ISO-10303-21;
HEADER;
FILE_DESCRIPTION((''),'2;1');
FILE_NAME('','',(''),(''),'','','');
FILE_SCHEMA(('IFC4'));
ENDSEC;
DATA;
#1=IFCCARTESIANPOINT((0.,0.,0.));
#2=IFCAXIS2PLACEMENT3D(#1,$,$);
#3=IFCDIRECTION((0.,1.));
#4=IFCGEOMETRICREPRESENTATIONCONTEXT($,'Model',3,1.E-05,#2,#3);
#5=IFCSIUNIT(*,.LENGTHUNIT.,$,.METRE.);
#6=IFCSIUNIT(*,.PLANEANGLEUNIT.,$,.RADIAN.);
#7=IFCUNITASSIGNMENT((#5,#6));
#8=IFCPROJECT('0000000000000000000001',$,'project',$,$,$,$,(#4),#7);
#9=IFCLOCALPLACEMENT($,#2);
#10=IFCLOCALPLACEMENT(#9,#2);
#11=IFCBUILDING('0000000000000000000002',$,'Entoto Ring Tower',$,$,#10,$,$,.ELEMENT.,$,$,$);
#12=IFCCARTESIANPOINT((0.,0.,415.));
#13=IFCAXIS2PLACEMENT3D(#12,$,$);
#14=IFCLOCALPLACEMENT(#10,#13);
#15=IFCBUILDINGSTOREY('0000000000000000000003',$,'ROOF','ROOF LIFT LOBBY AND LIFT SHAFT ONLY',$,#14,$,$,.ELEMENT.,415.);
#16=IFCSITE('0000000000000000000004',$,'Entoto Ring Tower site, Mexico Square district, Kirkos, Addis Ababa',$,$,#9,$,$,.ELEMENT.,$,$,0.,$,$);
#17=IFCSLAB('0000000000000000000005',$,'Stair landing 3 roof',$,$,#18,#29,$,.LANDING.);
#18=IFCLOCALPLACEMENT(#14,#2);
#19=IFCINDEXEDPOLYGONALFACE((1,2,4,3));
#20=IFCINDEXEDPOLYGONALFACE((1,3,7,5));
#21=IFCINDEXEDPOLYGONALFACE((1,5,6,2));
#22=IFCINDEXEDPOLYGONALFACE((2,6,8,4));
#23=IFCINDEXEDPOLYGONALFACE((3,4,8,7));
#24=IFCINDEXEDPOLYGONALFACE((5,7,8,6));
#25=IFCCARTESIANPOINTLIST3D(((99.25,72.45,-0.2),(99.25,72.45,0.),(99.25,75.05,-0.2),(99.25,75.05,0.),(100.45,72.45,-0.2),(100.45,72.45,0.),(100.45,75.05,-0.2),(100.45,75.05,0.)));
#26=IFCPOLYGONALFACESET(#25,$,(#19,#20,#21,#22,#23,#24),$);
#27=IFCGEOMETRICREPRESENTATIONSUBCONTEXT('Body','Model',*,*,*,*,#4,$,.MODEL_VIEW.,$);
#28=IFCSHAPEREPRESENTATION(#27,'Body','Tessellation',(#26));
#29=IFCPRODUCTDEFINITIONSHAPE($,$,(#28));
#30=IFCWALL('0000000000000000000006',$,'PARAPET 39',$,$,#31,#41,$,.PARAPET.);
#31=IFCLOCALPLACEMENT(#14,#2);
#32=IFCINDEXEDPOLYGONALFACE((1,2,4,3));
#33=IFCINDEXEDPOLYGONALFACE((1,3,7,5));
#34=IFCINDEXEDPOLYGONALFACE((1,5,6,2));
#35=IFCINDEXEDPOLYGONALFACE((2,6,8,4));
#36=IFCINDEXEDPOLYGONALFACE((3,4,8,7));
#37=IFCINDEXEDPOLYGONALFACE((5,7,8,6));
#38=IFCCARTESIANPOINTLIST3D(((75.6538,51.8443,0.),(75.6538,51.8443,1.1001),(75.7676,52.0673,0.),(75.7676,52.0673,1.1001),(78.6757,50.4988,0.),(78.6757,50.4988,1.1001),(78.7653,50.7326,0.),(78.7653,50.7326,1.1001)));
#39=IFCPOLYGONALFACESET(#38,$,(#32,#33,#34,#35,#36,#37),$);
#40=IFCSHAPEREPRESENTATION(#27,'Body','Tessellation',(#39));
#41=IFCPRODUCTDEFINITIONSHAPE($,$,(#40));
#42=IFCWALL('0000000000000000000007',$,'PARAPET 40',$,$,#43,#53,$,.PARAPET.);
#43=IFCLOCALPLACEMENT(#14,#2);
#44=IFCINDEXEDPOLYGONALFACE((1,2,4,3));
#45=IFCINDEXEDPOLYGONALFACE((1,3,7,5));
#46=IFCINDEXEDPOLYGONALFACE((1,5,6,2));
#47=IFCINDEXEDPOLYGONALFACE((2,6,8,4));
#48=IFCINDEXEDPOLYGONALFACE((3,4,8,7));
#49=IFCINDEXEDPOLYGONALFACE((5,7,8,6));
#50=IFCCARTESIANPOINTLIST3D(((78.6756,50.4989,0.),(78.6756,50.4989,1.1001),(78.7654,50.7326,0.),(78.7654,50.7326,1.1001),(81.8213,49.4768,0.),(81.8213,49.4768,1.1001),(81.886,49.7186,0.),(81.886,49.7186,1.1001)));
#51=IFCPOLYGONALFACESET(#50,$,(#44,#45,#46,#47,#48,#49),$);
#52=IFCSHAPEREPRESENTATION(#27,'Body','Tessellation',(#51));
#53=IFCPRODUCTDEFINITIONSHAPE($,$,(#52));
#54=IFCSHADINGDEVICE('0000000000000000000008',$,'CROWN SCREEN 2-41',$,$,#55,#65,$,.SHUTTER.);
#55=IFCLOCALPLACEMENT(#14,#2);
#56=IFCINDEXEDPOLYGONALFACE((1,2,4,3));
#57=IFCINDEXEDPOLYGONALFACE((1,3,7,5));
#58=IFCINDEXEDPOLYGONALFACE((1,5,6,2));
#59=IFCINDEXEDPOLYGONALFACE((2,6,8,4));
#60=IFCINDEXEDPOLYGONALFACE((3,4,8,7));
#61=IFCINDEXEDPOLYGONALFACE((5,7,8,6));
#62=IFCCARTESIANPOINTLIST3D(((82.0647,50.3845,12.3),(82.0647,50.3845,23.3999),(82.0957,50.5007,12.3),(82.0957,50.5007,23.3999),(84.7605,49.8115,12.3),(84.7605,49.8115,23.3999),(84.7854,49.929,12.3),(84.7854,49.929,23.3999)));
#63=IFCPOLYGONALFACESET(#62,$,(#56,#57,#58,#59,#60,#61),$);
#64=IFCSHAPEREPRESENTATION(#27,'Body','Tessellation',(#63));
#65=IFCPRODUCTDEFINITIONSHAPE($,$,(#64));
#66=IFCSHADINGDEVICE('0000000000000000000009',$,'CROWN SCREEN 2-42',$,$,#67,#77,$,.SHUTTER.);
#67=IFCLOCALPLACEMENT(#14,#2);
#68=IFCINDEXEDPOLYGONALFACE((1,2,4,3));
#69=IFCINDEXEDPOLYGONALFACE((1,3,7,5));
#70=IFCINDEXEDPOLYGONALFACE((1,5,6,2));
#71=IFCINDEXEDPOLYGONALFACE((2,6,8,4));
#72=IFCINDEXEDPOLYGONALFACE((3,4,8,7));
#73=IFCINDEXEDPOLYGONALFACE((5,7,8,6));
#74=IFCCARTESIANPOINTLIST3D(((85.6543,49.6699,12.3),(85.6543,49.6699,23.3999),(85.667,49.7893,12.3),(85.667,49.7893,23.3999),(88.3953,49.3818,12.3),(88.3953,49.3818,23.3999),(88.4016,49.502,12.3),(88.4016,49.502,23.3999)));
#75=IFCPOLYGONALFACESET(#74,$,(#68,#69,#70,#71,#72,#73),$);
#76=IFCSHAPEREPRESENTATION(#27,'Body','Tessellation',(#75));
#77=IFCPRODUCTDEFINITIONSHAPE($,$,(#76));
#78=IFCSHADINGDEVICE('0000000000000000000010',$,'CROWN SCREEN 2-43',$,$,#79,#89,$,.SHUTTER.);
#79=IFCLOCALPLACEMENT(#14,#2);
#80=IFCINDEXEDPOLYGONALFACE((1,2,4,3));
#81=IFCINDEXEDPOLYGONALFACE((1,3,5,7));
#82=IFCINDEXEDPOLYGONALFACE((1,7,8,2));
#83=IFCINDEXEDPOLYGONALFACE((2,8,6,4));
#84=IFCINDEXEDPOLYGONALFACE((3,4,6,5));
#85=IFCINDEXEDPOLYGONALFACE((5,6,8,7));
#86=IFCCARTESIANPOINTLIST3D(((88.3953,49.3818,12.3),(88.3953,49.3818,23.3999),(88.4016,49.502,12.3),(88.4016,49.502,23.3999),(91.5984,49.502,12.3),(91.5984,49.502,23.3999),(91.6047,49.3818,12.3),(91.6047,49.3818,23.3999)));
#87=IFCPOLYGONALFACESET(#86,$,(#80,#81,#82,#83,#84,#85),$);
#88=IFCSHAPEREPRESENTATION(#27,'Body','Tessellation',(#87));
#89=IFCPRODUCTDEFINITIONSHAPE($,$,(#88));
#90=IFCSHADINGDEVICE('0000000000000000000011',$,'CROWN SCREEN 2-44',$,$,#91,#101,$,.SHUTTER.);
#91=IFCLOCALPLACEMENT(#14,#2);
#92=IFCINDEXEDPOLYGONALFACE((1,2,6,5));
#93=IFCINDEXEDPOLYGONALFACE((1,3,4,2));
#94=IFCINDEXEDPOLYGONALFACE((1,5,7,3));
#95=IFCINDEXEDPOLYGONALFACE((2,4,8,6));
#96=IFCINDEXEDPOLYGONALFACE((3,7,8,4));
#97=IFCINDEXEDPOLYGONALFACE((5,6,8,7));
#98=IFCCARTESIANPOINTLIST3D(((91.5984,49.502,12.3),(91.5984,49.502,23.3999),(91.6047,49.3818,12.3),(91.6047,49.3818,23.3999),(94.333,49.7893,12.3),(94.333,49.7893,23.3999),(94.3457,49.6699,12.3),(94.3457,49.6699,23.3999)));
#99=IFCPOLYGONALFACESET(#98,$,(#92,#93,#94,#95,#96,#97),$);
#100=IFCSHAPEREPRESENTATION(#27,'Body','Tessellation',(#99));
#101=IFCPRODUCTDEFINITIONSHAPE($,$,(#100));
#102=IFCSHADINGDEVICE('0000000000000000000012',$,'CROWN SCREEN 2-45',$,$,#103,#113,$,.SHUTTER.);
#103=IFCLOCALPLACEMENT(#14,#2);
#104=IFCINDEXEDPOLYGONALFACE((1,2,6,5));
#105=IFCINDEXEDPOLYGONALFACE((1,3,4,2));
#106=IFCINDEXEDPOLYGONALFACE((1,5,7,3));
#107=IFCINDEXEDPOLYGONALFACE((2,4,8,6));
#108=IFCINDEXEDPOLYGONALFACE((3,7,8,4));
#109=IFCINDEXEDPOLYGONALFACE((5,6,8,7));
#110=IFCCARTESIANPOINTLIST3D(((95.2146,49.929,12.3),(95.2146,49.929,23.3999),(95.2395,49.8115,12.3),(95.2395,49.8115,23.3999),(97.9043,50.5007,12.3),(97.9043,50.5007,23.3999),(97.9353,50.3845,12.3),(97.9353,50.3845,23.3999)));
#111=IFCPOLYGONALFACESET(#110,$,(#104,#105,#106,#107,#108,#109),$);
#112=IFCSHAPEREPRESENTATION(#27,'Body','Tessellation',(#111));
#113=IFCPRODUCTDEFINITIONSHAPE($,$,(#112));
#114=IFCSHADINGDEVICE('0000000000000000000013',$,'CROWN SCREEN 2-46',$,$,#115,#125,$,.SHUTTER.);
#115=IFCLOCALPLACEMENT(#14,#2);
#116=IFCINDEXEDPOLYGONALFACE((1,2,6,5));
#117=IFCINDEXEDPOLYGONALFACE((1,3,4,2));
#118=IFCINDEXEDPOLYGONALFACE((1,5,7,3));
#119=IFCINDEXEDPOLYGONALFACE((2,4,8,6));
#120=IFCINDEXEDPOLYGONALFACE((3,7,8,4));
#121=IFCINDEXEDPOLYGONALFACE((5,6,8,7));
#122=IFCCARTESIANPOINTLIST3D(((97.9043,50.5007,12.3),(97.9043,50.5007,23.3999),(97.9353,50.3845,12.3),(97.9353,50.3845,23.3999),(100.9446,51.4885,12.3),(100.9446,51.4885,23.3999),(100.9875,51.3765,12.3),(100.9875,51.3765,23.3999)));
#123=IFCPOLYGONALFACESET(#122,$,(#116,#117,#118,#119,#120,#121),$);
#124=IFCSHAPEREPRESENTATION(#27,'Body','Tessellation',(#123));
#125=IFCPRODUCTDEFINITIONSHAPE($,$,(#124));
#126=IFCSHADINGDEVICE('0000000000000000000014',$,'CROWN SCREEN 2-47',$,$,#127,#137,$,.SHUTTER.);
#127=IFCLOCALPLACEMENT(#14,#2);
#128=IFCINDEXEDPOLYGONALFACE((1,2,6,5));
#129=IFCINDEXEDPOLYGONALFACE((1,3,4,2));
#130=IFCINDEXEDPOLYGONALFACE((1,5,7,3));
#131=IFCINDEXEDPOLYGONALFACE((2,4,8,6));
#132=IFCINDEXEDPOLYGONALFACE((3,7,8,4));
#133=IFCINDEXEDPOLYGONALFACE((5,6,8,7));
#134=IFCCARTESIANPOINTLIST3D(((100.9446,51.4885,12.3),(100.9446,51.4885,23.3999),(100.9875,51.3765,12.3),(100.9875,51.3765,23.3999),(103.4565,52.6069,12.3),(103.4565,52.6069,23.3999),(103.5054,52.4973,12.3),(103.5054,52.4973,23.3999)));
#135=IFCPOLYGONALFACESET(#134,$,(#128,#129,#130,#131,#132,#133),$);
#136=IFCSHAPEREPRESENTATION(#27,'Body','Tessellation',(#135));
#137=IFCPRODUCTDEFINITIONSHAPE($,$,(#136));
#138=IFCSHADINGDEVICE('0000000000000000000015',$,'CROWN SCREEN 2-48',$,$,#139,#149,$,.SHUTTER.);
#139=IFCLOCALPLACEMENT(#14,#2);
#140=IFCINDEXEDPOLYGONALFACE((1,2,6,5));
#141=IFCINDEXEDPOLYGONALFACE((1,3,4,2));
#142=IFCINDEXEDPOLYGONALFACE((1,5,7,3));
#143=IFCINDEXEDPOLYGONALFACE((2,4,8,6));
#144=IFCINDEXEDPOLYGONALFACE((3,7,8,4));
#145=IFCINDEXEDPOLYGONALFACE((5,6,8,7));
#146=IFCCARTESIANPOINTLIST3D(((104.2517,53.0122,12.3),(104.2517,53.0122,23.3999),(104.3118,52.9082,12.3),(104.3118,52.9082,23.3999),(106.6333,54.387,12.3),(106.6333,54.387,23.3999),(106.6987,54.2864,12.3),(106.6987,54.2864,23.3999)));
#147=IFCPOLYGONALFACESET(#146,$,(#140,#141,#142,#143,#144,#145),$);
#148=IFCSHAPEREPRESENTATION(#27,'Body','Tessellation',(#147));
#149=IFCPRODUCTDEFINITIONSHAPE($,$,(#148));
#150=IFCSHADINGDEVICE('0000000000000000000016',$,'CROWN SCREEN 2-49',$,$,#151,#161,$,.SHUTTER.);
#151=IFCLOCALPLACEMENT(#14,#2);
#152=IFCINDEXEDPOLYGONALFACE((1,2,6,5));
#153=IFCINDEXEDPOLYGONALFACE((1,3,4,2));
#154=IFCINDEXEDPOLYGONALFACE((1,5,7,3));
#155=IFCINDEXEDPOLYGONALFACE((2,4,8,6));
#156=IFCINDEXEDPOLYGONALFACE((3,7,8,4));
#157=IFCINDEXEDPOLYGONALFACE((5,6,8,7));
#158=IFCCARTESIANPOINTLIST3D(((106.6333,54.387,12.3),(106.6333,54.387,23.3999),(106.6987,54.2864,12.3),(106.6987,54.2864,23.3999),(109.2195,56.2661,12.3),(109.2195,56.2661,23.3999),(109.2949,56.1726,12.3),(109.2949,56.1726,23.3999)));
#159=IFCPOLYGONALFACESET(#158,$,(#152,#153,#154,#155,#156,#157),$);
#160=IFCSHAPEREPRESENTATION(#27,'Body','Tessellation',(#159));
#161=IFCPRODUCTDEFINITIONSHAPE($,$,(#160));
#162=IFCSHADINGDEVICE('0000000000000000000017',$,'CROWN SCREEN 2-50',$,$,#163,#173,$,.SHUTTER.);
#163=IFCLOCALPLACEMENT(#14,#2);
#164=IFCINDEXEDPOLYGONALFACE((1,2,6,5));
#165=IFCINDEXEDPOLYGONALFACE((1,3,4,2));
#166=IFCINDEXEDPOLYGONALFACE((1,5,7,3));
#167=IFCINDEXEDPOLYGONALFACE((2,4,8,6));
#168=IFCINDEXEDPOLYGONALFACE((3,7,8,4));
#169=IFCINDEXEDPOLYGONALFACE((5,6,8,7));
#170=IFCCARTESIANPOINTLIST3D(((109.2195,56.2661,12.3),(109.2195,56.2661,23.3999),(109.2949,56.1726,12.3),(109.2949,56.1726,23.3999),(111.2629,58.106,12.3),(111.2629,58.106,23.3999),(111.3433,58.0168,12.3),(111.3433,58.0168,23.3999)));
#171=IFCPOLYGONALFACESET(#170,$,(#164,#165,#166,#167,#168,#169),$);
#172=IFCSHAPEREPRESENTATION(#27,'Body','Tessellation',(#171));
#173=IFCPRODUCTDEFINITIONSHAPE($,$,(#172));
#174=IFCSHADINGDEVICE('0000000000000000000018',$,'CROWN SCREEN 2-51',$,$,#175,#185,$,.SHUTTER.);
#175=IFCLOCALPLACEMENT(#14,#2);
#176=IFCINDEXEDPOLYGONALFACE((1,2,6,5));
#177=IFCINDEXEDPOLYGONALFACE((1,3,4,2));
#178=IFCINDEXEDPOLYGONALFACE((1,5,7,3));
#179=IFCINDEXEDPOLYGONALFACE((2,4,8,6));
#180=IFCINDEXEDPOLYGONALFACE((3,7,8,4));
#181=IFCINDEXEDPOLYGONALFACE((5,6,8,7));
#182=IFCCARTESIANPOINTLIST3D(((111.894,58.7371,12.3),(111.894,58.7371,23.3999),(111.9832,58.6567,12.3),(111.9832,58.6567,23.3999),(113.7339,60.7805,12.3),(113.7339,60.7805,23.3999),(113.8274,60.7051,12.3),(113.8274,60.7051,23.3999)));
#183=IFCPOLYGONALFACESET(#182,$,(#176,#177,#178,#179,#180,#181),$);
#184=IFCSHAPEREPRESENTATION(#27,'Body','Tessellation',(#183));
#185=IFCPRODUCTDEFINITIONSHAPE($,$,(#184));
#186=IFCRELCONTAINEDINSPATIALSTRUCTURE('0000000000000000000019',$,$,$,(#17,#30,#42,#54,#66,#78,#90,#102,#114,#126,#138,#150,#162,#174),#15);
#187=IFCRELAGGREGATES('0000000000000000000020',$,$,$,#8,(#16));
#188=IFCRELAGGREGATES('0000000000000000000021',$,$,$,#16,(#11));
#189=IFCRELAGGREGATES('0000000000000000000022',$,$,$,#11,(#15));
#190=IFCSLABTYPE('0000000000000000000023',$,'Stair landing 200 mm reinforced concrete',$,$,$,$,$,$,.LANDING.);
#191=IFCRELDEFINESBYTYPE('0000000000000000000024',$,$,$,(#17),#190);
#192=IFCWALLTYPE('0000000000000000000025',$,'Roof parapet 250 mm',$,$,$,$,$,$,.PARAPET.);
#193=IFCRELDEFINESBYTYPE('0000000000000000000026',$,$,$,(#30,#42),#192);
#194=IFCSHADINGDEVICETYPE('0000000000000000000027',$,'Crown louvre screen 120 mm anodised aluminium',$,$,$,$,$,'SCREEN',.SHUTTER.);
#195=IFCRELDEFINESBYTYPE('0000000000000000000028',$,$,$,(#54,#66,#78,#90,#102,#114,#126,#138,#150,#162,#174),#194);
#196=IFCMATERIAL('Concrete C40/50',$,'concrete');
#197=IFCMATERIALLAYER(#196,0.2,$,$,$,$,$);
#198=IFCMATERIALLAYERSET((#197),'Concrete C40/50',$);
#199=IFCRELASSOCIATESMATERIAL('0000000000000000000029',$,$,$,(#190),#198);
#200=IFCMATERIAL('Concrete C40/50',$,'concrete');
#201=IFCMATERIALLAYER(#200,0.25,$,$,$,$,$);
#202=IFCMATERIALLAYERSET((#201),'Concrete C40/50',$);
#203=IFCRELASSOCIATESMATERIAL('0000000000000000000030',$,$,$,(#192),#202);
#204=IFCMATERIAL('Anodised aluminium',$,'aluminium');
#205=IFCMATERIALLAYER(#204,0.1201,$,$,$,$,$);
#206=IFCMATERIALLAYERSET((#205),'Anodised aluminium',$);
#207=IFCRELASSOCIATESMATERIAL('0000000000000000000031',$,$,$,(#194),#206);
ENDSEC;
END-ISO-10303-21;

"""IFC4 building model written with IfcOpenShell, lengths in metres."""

from ifc_helpers import new_model, si_unit, direction, frame, origin, place, context, subcontext, project, spatial, polyline, outline, extrude, material, layer, layer_set, type_object, element, save


model = new_model("IFC4")

# Units and contexts
model_context = context("Model", 3, precision=1e-05, world=origin(), true_north=direction((0.0, 1.0)))
body_context = subcontext(model_context, "Body", "Model", "MODEL_VIEW")
ifc_project = project(units=[si_unit("LENGTHUNIT", "METRE"), si_unit("PLANEANGLEUNIT", "RADIAN")], contexts=[model_context])

# Site, building, storey
site_placement = place(None, origin())
site = spatial("IfcSite", under=ifc_project, at=site_placement, Name="Entoto Ring Tower site, Mexico Square district, Kirkos, Addis Ababa", CompositionType="ELEMENT", RefElevation=0.0)
building_placement = place(site_placement, origin())
building = spatial("IfcBuilding", under=site, at=building_placement, Name="Entoto Ring Tower", CompositionType="ELEMENT")
storey_placement = place(building_placement, frame((0.0, 0.0, 415.0)))
storey = spatial("IfcBuildingStorey", under=building, at=storey_placement, Name="ROOF", Description="ROOF LIFT LOBBY AND LIFT SHAFT ONLY", CompositionType="ELEMENT", Elevation=415.0)

# Slab
ifc_material_1 = material(Name="Concrete C40/50", Category="concrete")
ifc_layer_1 = layer(ifc_material_1, 0.2)
ifc_layer_set_1 = layer_set([ifc_layer_1], Name="Concrete C40/50")
slab_type_1 = type_object("IfcSlabType", Name="Stair landing 200 mm reinforced concrete", PredefinedType="LANDING", material=ifc_layer_set_1)
slab_1_placement = place(storey_placement, frame((0.0, 0.0, -0.2)))
element("IfcSlab", 1, at=slab_1_placement, inside=storey, type_object=slab_type_1, Name="Stair landing 3 roof", PredefinedType="LANDING", context=body_context, shape_type="SweptSolid", body=[
    extrude(outline(polyline([(99.25, 72.45), (100.45, 72.45), (100.45, 75.05), (99.25, 75.05), (99.25, 72.45)])), origin(), (0.0, 0.0, 1.0), 0.2),
])

# Walls
ifc_material_2 = material(Name="Concrete C40/50", Category="concrete")
ifc_layer_2 = layer(ifc_material_2, 0.25)
ifc_layer_set_2 = layer_set([ifc_layer_2], Name="Concrete C40/50")
wall_type = type_object("IfcWallType", Name="Roof parapet 250 mm", PredefinedType="PARAPET", material=ifc_layer_set_2)
wall_1_placement = place(storey_placement, frame((75.7107, 51.9558, 0.0), z_axis=(0.0, 0.0, 1.0), x_axis=(0.913539, -0.40675, 0.0)))
element("IfcWall", 2, at=wall_1_placement, inside=storey, type_object=wall_type, Name="PARAPET 39", PredefinedType="PARAPET", context=body_context, shape_type="SweptSolid", body=[
    extrude(outline(polyline([(-0.0066, -0.125), (3.3013, -0.125), (3.2881, 0.125), (0.0066, 0.125), (-0.0066, -0.125)])), origin(), (0.0, 0.0, 1.0), 1.1001),
])
wall_2_placement = place(storey_placement, frame((78.7205, 50.6157, 0.0), z_axis=(0.0, 0.0, 1.0), x_axis=(0.951057, -0.309016, 0.0)))
element("IfcWall", 3, at=wall_2_placement, inside=storey, type_object=wall_type, Name="PARAPET 40", PredefinedType="PARAPET", context=body_context, shape_type="SweptSolid", body=[
    extrude(outline(polyline([(-0.0066, -0.125), (3.301, -0.125), (3.2878, 0.125), (0.0066, 0.125), (-0.0066, -0.125)])), origin(), (0.0, 0.0, 1.0), 1.1001),
])

# Shading devices
ifc_material_3 = material(Name="Anodised aluminium", Category="aluminium")
ifc_layer_3 = layer(ifc_material_3, 0.1201)
ifc_layer_set_3 = layer_set([ifc_layer_3], Name="Anodised aluminium")
shading_device_type = type_object("IfcShadingDeviceType", Name="Crown louvre screen 120 mm anodised aluminium", ElementType="SCREEN", PredefinedType="SHUTTER", material=ifc_layer_set_3)
shading_device_1_placement = place(storey_placement, frame((0.0, 0.0, 12.3)))
element("IfcShadingDevice", 4, at=shading_device_1_placement, inside=storey, type_object=shading_device_type, Name="CROWN SCREEN 2-41", PredefinedType="SHUTTER", context=body_context, shape_type="SweptSolid", body=[
    extrude(outline(polyline([(82.0957, 50.5007), (82.0647, 50.3845), (84.7605, 49.8115), (84.7854, 49.929), (82.0957, 50.5007)])), origin(), (0.0, 0.0, 1.0), 11.0999),
])
shading_device_2_placement = place(storey_placement, frame((0.0, 0.0, 12.3)))
element("IfcShadingDevice", 5, at=shading_device_2_placement, inside=storey, type_object=shading_device_type, Name="CROWN SCREEN 2-42", PredefinedType="SHUTTER", context=body_context, shape_type="SweptSolid", body=[
    extrude(outline(polyline([(85.667, 49.7893), (85.6543, 49.6699), (88.3953, 49.3818), (88.4016, 49.502), (85.667, 49.7893)])), origin(), (0.0, 0.0, 1.0), 11.0999),
])
shading_device_3_placement = place(storey_placement, frame((0.0, 0.0, 12.3)))
element("IfcShadingDevice", 6, at=shading_device_3_placement, inside=storey, type_object=shading_device_type, Name="CROWN SCREEN 2-43", PredefinedType="SHUTTER", context=body_context, shape_type="SweptSolid", body=[
    extrude(outline(polyline([(88.4016, 49.502), (88.3953, 49.3818), (91.6047, 49.3818), (91.5984, 49.502), (88.4016, 49.502)])), origin(), (0.0, 0.0, 1.0), 11.0999),
])
shading_device_4_placement = place(storey_placement, frame((0.0, 0.0, 12.3)))
element("IfcShadingDevice", 7, at=shading_device_4_placement, inside=storey, type_object=shading_device_type, Name="CROWN SCREEN 2-44", PredefinedType="SHUTTER", context=body_context, shape_type="SweptSolid", body=[
    extrude(outline(polyline([(91.5984, 49.502), (91.6047, 49.3818), (94.3457, 49.6699), (94.333, 49.7893), (91.5984, 49.502)])), origin(), (0.0, 0.0, 1.0), 11.0999),
])
shading_device_5_placement = place(storey_placement, frame((0.0, 0.0, 12.3)))
element("IfcShadingDevice", 8, at=shading_device_5_placement, inside=storey, type_object=shading_device_type, Name="CROWN SCREEN 2-45", PredefinedType="SHUTTER", context=body_context, shape_type="SweptSolid", body=[
    extrude(outline(polyline([(95.2146, 49.929), (95.2395, 49.8115), (97.9353, 50.3845), (97.9043, 50.5007), (95.2146, 49.929)])), origin(), (0.0, 0.0, 1.0), 11.0999),
])
shading_device_6_placement = place(storey_placement, frame((0.0, 0.0, 12.3)))
element("IfcShadingDevice", 9, at=shading_device_6_placement, inside=storey, type_object=shading_device_type, Name="CROWN SCREEN 2-46", PredefinedType="SHUTTER", context=body_context, shape_type="SweptSolid", body=[
    extrude(outline(polyline([(97.9043, 50.5007), (97.9353, 50.3845), (100.9875, 51.3765), (100.9446, 51.4885), (97.9043, 50.5007)])), origin(), (0.0, 0.0, 1.0), 11.0999),
])
shading_device_7_placement = place(storey_placement, frame((0.0, 0.0, 12.3)))
element("IfcShadingDevice", 10, at=shading_device_7_placement, inside=storey, type_object=shading_device_type, Name="CROWN SCREEN 2-47", PredefinedType="SHUTTER", context=body_context, shape_type="SweptSolid", body=[
    extrude(outline(polyline([(100.9446, 51.4885), (100.9875, 51.3765), (103.5054, 52.4973), (103.4565, 52.6069), (100.9446, 51.4885)])), origin(), (0.0, 0.0, 1.0), 11.0999),
])
shading_device_8_placement = place(storey_placement, frame((0.0, 0.0, 12.3)))
element("IfcShadingDevice", 11, at=shading_device_8_placement, inside=storey, type_object=shading_device_type, Name="CROWN SCREEN 2-48", PredefinedType="SHUTTER", context=body_context, shape_type="SweptSolid", body=[
    extrude(outline(polyline([(104.2517, 53.0122), (104.3118, 52.9082), (106.6987, 54.2864), (106.6333, 54.387), (104.2517, 53.0122)])), origin(), (0.0, 0.0, 1.0), 11.0999),
])
shading_device_9_placement = place(storey_placement, frame((0.0, 0.0, 12.3)))
element("IfcShadingDevice", 12, at=shading_device_9_placement, inside=storey, type_object=shading_device_type, Name="CROWN SCREEN 2-49", PredefinedType="SHUTTER", context=body_context, shape_type="SweptSolid", body=[
    extrude(outline(polyline([(106.6333, 54.387), (106.6987, 54.2864), (109.2949, 56.1726), (109.2195, 56.2661), (106.6333, 54.387)])), origin(), (0.0, 0.0, 1.0), 11.0999),
])
shading_device_10_placement = place(storey_placement, frame((0.0, 0.0, 12.3)))
element("IfcShadingDevice", 13, at=shading_device_10_placement, inside=storey, type_object=shading_device_type, Name="CROWN SCREEN 2-50", PredefinedType="SHUTTER", context=body_context, shape_type="SweptSolid", body=[
    extrude(outline(polyline([(109.2195, 56.2661), (109.2949, 56.1726), (111.3433, 58.0168), (111.2629, 58.106), (109.2195, 56.2661)])), origin(), (0.0, 0.0, 1.0), 11.0999),
])
shading_device_11_placement = place(storey_placement, frame((0.0, 0.0, 12.3)))
element("IfcShadingDevice", 14, at=shading_device_11_placement, inside=storey, type_object=shading_device_type, Name="CROWN SCREEN 2-51", PredefinedType="SHUTTER", context=body_context, shape_type="SweptSolid", body=[
    extrude(outline(polyline([(111.894, 58.7371), (111.9832, 58.6567), (113.8274, 60.7051), (113.7339, 60.7805), (111.894, 58.7371)])), origin(), (0.0, 0.0, 1.0), 11.0999),
])

save(model, "model.ifc")
